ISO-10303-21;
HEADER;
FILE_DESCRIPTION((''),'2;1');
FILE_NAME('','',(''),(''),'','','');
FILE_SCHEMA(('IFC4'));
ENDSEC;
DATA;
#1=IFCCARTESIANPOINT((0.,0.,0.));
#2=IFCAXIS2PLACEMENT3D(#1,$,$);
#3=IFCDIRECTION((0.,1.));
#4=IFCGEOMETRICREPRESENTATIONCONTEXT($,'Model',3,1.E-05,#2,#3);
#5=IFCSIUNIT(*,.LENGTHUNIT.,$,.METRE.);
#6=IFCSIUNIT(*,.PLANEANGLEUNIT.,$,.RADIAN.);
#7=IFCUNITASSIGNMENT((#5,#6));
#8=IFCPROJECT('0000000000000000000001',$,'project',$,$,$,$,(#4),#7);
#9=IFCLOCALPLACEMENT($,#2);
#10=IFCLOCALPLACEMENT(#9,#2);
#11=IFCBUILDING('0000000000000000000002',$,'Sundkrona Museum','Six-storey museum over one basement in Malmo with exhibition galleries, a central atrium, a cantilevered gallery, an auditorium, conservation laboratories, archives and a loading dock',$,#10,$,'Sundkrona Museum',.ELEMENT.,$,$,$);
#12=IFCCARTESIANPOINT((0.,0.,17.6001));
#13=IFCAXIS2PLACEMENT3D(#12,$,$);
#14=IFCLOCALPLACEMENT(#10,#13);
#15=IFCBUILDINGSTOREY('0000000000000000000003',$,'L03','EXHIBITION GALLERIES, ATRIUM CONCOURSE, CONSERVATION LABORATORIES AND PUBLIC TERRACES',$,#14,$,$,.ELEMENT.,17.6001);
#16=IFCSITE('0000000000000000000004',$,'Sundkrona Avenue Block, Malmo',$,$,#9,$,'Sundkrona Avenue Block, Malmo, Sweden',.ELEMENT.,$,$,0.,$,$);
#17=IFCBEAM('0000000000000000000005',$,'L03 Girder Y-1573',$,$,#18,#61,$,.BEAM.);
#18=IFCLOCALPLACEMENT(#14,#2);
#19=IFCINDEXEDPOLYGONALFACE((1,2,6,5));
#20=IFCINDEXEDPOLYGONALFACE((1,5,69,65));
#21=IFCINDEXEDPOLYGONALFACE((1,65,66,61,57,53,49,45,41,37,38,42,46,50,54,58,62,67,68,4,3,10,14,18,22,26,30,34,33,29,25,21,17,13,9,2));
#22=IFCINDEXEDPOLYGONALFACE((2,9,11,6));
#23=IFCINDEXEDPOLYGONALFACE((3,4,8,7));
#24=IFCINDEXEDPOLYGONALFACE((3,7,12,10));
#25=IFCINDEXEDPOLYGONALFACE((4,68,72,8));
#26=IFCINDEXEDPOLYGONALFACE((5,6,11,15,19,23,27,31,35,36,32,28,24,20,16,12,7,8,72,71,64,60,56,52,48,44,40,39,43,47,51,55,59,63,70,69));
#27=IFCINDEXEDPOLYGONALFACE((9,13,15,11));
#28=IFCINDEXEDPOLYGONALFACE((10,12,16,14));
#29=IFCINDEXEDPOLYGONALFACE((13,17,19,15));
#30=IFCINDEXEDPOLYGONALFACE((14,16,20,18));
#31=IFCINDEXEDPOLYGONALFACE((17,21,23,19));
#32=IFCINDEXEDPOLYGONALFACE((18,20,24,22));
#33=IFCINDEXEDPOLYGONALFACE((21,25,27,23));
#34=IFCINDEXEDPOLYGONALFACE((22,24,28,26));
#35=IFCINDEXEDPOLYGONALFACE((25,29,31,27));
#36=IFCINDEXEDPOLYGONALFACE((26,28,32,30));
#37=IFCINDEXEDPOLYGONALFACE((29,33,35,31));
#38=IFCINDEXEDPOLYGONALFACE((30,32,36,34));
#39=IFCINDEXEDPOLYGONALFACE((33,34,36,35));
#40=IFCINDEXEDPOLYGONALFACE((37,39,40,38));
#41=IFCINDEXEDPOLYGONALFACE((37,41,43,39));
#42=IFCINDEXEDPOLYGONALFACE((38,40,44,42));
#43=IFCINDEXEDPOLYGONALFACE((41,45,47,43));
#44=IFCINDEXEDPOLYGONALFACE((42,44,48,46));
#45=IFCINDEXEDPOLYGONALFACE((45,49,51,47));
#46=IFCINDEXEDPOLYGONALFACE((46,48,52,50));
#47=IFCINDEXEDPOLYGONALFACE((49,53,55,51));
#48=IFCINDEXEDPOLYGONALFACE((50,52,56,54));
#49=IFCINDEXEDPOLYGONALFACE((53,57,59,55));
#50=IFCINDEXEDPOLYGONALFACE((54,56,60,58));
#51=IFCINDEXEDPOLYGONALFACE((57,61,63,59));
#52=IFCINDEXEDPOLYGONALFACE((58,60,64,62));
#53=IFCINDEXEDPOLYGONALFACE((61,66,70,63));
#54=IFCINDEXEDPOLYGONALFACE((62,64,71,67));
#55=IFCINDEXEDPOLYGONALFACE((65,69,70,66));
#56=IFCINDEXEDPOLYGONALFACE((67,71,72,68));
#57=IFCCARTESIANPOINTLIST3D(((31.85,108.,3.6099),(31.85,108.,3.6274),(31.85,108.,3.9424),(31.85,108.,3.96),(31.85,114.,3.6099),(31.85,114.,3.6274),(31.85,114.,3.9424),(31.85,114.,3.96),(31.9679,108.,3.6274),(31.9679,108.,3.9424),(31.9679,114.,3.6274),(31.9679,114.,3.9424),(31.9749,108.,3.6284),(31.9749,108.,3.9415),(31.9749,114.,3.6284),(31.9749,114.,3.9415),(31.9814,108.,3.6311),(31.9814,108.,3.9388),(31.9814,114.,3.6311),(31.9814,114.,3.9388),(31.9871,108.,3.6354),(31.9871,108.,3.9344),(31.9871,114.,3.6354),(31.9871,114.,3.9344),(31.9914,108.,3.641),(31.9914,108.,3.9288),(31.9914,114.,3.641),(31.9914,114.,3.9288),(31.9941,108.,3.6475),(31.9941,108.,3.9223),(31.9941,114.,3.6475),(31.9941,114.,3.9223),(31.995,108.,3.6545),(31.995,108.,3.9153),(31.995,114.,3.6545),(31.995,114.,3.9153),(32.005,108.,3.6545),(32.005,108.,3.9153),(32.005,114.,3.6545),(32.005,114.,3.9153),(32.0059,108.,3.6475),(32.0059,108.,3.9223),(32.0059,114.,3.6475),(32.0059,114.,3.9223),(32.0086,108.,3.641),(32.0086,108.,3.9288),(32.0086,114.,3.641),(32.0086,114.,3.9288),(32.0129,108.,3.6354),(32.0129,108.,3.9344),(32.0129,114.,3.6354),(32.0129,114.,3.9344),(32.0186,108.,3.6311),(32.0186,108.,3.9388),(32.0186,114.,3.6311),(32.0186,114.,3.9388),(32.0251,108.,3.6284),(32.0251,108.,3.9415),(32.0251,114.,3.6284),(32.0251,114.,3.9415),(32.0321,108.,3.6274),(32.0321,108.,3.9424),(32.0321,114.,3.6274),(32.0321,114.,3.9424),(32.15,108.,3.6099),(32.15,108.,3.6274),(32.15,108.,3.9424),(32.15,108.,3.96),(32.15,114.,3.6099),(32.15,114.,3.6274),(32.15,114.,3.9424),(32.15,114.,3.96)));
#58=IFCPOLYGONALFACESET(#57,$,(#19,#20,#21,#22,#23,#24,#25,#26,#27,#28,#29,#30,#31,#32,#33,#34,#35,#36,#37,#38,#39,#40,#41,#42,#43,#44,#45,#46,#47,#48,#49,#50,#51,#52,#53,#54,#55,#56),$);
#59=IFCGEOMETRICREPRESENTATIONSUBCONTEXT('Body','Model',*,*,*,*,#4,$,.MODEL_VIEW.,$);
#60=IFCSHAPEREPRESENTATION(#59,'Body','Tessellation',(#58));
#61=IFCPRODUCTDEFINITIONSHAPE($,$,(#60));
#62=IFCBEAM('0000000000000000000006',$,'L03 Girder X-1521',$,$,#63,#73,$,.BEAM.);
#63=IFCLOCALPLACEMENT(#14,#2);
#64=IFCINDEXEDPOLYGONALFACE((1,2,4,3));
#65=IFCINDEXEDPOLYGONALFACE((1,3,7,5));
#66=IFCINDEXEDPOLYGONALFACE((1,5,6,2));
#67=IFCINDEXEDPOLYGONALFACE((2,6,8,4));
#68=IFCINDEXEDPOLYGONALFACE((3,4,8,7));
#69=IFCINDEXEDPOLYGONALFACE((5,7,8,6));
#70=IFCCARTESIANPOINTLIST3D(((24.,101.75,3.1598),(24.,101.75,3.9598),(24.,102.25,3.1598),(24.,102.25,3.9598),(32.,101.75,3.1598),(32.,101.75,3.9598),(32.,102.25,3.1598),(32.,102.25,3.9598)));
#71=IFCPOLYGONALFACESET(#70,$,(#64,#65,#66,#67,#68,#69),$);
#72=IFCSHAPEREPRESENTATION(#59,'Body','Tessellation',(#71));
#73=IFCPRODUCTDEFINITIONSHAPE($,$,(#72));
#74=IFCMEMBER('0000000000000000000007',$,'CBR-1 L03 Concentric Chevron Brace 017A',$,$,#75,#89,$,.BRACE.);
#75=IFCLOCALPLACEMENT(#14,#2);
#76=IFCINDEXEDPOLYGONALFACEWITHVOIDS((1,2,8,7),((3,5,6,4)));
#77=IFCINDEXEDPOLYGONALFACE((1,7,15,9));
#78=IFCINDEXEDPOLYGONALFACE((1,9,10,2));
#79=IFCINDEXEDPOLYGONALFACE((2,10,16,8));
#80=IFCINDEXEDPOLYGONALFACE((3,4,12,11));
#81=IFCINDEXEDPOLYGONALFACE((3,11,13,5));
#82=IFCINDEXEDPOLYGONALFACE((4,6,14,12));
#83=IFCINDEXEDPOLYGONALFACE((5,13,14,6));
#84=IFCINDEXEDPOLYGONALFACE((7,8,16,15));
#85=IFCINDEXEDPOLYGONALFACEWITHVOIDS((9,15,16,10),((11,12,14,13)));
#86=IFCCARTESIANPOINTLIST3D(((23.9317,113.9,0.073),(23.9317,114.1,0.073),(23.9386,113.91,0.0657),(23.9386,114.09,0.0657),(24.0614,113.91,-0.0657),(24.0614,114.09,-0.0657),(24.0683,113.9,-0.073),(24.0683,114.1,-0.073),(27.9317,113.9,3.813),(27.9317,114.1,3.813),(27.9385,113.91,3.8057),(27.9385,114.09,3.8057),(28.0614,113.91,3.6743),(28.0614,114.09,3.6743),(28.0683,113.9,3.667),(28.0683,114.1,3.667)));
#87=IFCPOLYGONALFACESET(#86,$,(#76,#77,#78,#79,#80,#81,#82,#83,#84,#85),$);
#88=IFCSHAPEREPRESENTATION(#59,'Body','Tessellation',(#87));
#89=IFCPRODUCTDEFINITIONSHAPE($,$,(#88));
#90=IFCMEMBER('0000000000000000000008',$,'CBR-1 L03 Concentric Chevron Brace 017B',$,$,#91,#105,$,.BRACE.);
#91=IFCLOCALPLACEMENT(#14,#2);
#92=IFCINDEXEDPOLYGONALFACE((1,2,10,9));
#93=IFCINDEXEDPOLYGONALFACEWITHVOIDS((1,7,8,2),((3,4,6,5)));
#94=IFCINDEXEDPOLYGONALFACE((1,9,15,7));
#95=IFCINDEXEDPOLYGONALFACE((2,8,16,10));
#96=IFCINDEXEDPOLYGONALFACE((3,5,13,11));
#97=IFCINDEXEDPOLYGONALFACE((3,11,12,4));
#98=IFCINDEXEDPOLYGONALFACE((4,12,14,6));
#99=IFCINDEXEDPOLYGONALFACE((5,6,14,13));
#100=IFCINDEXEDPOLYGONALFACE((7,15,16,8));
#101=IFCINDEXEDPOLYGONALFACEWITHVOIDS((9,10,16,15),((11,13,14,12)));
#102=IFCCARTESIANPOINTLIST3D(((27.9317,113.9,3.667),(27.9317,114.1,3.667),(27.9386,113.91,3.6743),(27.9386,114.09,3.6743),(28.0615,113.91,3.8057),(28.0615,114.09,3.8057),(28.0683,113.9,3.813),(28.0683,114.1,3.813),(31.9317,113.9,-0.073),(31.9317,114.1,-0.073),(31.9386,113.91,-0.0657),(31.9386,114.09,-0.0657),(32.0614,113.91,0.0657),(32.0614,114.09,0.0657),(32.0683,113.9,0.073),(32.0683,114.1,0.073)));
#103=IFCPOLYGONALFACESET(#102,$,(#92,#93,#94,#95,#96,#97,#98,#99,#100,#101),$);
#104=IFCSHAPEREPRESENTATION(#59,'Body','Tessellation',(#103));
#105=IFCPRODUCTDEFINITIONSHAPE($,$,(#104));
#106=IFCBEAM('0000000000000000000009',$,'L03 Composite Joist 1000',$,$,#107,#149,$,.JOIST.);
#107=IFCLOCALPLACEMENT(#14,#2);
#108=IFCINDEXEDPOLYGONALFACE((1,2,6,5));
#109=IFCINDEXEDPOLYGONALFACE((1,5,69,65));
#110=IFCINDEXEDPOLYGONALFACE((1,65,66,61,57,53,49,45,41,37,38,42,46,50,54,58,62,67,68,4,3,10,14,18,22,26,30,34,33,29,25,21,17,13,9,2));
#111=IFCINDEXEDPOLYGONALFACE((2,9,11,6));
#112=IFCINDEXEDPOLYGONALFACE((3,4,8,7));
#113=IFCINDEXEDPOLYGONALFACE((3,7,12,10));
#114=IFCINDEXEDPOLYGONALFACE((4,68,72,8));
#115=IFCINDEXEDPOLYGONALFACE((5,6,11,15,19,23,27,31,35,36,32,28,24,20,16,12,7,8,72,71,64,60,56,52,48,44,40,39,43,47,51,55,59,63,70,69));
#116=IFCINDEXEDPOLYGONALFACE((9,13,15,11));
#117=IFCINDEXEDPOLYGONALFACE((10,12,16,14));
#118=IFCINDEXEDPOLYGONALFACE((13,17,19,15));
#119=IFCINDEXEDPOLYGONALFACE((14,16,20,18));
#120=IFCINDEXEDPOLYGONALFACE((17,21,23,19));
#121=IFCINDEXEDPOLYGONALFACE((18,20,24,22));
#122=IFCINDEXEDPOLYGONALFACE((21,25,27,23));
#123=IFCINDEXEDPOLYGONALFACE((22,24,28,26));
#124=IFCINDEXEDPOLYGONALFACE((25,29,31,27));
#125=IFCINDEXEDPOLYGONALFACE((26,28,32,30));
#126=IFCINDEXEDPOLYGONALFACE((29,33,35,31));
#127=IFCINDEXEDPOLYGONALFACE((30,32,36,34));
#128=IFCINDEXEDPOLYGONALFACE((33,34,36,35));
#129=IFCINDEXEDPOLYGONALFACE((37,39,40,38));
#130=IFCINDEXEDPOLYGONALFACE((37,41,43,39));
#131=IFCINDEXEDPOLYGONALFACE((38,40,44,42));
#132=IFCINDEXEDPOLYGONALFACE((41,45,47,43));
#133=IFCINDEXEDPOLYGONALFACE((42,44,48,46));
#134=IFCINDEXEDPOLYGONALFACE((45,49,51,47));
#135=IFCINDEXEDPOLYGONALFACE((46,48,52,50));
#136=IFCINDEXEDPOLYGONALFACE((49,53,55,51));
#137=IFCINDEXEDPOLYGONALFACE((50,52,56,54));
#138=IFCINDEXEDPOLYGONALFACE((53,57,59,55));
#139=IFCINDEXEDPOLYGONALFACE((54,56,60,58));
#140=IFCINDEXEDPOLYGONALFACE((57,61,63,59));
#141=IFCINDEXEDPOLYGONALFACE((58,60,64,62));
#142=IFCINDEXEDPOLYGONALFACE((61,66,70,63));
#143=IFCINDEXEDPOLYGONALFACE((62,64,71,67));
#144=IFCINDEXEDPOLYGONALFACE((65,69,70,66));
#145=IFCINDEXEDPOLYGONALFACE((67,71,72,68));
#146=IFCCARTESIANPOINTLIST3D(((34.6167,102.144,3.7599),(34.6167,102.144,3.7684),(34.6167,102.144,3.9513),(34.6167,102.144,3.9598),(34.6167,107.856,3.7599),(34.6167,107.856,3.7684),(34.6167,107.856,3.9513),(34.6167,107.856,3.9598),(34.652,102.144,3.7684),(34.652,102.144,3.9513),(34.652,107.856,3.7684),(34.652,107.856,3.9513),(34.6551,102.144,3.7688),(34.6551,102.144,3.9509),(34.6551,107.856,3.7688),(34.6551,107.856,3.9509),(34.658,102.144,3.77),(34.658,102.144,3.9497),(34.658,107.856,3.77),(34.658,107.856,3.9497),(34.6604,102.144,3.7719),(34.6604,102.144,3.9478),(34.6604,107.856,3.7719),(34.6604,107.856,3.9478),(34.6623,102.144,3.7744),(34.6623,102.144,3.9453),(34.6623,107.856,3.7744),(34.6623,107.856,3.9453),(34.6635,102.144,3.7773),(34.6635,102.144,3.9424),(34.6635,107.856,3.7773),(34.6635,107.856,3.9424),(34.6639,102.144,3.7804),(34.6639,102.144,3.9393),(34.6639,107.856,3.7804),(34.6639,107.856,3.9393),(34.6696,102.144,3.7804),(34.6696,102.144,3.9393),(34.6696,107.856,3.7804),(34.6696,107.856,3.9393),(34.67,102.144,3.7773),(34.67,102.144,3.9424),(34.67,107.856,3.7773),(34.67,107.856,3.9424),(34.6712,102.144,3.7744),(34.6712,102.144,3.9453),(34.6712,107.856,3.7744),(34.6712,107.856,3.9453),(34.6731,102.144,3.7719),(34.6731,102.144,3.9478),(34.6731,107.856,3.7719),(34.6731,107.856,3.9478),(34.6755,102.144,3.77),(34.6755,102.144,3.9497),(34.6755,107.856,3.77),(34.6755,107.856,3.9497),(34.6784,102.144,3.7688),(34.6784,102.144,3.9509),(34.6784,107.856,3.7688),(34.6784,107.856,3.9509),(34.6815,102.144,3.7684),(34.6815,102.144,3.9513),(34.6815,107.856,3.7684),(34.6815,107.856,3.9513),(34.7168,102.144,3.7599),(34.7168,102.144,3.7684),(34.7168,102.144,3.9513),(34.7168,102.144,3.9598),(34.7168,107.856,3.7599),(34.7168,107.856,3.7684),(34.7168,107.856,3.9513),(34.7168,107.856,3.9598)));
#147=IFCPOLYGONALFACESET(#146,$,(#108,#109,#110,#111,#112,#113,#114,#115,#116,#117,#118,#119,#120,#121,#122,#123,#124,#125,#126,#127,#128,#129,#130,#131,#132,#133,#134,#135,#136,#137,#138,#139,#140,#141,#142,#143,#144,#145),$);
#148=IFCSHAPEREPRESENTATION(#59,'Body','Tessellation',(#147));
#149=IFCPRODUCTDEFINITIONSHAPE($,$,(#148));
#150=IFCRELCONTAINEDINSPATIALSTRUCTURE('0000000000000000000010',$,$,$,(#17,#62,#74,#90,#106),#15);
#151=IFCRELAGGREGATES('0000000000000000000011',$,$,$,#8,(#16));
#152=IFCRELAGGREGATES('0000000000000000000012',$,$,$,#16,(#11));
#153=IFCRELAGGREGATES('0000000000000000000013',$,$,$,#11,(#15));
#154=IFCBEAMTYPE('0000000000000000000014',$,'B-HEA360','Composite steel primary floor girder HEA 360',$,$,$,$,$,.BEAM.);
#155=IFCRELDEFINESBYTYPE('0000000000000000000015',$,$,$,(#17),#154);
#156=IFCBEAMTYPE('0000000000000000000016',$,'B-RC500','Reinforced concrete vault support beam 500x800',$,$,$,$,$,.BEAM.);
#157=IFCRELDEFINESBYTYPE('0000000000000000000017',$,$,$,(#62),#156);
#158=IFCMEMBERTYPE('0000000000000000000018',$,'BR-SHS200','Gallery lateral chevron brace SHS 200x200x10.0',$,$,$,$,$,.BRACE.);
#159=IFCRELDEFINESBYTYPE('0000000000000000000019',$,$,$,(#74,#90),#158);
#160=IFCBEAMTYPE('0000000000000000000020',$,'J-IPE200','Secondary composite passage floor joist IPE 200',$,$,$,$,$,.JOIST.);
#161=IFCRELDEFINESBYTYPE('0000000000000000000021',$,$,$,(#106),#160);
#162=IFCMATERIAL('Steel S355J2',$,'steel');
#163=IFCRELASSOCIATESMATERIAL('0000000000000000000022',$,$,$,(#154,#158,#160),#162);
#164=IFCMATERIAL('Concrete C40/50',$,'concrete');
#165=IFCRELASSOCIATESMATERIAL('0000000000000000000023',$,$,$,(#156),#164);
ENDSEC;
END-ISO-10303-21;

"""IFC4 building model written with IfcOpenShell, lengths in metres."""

from ifc_helpers import new_model, si_unit, direction, frame, origin, origin_2d, place, context, subcontext, project, spatial, rectangle, hollow_rectangle, i_section, extrude, material, material_profile, profile_set, type_object, element, save


model = new_model("IFC4")

# Units and contexts
model_context = context("Model", 3, precision=1e-05, world=origin(), true_north=direction((0.0, 1.0)))
body_context = subcontext(model_context, "Body", "Model", "MODEL_VIEW")
ifc_project = project(units=[si_unit("LENGTHUNIT", "METRE"), si_unit("PLANEANGLEUNIT", "RADIAN")], contexts=[model_context])

# Site, building, storey
site_placement = place(None, origin())
site = spatial("IfcSite", under=ifc_project, at=site_placement, Name="Sundkrona Avenue Block, Malmo", LongName="Sundkrona Avenue Block, Malmo, Sweden", CompositionType="ELEMENT", RefElevation=0.0)
building_placement = place(site_placement, origin())
building = spatial("IfcBuilding", under=site, at=building_placement, Name="Sundkrona Museum", Description="Six-storey museum over one basement in Malmo with exhibition galleries, a central atrium, a cantilevered gallery, an auditorium, conservation laboratories, archives and a loading dock", LongName="Sundkrona Museum", CompositionType="ELEMENT")
storey_placement = place(building_placement, frame((0.0, 0.0, 17.6001)))
storey = spatial("IfcBuildingStorey", under=building, at=storey_placement, Name="L03", Description="EXHIBITION GALLERIES, ATRIUM CONCOURSE, CONSERVATION LABORATORIES AND PUBLIC TERRACES", CompositionType="ELEMENT", Elevation=17.6001)

# Shared definitions
ifc_material_1 = material(Name="Steel S355J2", Category="steel")

# Beams
ifc_material_profile_1 = material_profile(ifc_material_1, i_section(OverallWidth=0.3, OverallDepth=0.3501, WebThickness=0.01, FlangeThickness=0.0176, FilletRadius=0.0271, at=origin_2d()), Name="HEA 360")
ifc_profile_set_1 = profile_set([ifc_material_profile_1], Name="Steel S355J2")
beam_type_1 = type_object("IfcBeamType", Name="B-HEA360", Description="Composite steel primary floor girder HEA 360", PredefinedType="BEAM", material=ifc_profile_set_1)
for number, where, z_axis, x_axis, name in (
    (1, (32.0, 108.0, 3.7849), (0.0, 1.0, 0.0), (-1.0, 0.0, 0.0), "L03 Girder Y-1573"),
):
    element("IfcBeam", number, at=place(storey_placement, frame(where, z_axis=z_axis, x_axis=x_axis)), inside=storey, type_object=beam_type_1, Name=name, PredefinedType="BEAM", context=body_context, shape_type="SweptSolid", body=[
        extrude(i_section(OverallWidth=0.3, OverallDepth=0.3501, WebThickness=0.01, FlangeThickness=0.0176, FilletRadius=0.0271, at=origin_2d()), origin(), (0.0, 0.0, 1.0), 6.0),
    ])
ifc_material_2 = material(Name="Concrete C40/50", Category="concrete")
ifc_material_profile_2 = material_profile(ifc_material_2, rectangle(XDim=0.5, YDim=0.8, at=origin_2d()), Name="RCB 500x800")
ifc_profile_set_2 = profile_set([ifc_material_profile_2], Name="Concrete C40/50")
beam_type_2 = type_object("IfcBeamType", Name="B-RC500", Description="Reinforced concrete vault support beam 500x800", PredefinedType="BEAM", material=ifc_profile_set_2)
beam_1_placement = place(storey_placement, frame((24.0, 102.0, 3.5598), z_axis=(1.0, 0.0, 0.0), x_axis=(0.0, 1.0, 0.0)))
element("IfcBeam", 2, at=beam_1_placement, inside=storey, type_object=beam_type_2, Name="L03 Girder X-1521", PredefinedType="BEAM", context=body_context, shape_type="SweptSolid", body=[
    extrude(rectangle(XDim=0.5, YDim=0.8, at=origin_2d()), origin(), (0.0, 0.0, 1.0), 8.0),
])

# Members
ifc_material_profile_3 = material_profile(ifc_material_1, hollow_rectangle(XDim=0.2, YDim=0.2, WallThickness=0.01, at=origin_2d()), Name="SHS 200x200x10.0")
ifc_profile_set_3 = profile_set([ifc_material_profile_3], Name="Steel S355J2")
member_type = type_object("IfcMemberType", Name="BR-SHS200", Description="Gallery lateral chevron brace SHS 200x200x10.0", PredefinedType="BRACE", material=ifc_profile_set_3)
for number, where, z_axis, x_axis, name in (
    (3, (24.0, 114.0, 0.0), (0.730449, 0.0, 0.682968), (0.0, 1.0, 0.0), "CBR-1 L03 Concentric Chevron Brace 017A"),
    (4, (32.0, 114.0, 0.0), (-0.730449, 0.0, 0.682968), (0.0, -1.0, 0.0), "CBR-1 L03 Concentric Chevron Brace 017B"),
):
    element("IfcMember", number, at=place(storey_placement, frame(where, z_axis=z_axis, x_axis=x_axis)), inside=storey, type_object=member_type, Name=name, PredefinedType="BRACE", context=body_context, shape_type="SweptSolid", body=[
        extrude(hollow_rectangle(XDim=0.2, YDim=0.2, WallThickness=0.01, at=origin_2d()), origin(), (0.0, 0.0, 1.0), 5.4761),
    ])

# Beam
ifc_material_profile_4 = material_profile(ifc_material_1, i_section(OverallWidth=0.1001, OverallDepth=0.2, WebThickness=0.0056, FlangeThickness=0.0085, FilletRadius=0.012, at=origin_2d()), Name="IPE 200")
ifc_profile_set_4 = profile_set([ifc_material_profile_4], Name="Steel S355J2")
beam_type_3 = type_object("IfcBeamType", Name="J-IPE200", Description="Secondary composite passage floor joist IPE 200", PredefinedType="JOIST", material=ifc_profile_set_4)
beam_2_placement = place(storey_placement, frame((34.6667, 102.144, 3.8599), z_axis=(0.0, 1.0, 0.0), x_axis=(-1.0, 0.0, 0.0)))
element("IfcBeam", 5, at=beam_2_placement, inside=storey, type_object=beam_type_3, Name="L03 Composite Joist 1000", PredefinedType="JOIST", context=body_context, shape_type="SweptSolid", body=[
    extrude(i_section(OverallWidth=0.1001, OverallDepth=0.2, WebThickness=0.0056, FlangeThickness=0.0085, FilletRadius=0.012, at=origin_2d()), origin(), (0.0, 0.0, 1.0), 5.7119),
])

save(model, "model.ifc")
